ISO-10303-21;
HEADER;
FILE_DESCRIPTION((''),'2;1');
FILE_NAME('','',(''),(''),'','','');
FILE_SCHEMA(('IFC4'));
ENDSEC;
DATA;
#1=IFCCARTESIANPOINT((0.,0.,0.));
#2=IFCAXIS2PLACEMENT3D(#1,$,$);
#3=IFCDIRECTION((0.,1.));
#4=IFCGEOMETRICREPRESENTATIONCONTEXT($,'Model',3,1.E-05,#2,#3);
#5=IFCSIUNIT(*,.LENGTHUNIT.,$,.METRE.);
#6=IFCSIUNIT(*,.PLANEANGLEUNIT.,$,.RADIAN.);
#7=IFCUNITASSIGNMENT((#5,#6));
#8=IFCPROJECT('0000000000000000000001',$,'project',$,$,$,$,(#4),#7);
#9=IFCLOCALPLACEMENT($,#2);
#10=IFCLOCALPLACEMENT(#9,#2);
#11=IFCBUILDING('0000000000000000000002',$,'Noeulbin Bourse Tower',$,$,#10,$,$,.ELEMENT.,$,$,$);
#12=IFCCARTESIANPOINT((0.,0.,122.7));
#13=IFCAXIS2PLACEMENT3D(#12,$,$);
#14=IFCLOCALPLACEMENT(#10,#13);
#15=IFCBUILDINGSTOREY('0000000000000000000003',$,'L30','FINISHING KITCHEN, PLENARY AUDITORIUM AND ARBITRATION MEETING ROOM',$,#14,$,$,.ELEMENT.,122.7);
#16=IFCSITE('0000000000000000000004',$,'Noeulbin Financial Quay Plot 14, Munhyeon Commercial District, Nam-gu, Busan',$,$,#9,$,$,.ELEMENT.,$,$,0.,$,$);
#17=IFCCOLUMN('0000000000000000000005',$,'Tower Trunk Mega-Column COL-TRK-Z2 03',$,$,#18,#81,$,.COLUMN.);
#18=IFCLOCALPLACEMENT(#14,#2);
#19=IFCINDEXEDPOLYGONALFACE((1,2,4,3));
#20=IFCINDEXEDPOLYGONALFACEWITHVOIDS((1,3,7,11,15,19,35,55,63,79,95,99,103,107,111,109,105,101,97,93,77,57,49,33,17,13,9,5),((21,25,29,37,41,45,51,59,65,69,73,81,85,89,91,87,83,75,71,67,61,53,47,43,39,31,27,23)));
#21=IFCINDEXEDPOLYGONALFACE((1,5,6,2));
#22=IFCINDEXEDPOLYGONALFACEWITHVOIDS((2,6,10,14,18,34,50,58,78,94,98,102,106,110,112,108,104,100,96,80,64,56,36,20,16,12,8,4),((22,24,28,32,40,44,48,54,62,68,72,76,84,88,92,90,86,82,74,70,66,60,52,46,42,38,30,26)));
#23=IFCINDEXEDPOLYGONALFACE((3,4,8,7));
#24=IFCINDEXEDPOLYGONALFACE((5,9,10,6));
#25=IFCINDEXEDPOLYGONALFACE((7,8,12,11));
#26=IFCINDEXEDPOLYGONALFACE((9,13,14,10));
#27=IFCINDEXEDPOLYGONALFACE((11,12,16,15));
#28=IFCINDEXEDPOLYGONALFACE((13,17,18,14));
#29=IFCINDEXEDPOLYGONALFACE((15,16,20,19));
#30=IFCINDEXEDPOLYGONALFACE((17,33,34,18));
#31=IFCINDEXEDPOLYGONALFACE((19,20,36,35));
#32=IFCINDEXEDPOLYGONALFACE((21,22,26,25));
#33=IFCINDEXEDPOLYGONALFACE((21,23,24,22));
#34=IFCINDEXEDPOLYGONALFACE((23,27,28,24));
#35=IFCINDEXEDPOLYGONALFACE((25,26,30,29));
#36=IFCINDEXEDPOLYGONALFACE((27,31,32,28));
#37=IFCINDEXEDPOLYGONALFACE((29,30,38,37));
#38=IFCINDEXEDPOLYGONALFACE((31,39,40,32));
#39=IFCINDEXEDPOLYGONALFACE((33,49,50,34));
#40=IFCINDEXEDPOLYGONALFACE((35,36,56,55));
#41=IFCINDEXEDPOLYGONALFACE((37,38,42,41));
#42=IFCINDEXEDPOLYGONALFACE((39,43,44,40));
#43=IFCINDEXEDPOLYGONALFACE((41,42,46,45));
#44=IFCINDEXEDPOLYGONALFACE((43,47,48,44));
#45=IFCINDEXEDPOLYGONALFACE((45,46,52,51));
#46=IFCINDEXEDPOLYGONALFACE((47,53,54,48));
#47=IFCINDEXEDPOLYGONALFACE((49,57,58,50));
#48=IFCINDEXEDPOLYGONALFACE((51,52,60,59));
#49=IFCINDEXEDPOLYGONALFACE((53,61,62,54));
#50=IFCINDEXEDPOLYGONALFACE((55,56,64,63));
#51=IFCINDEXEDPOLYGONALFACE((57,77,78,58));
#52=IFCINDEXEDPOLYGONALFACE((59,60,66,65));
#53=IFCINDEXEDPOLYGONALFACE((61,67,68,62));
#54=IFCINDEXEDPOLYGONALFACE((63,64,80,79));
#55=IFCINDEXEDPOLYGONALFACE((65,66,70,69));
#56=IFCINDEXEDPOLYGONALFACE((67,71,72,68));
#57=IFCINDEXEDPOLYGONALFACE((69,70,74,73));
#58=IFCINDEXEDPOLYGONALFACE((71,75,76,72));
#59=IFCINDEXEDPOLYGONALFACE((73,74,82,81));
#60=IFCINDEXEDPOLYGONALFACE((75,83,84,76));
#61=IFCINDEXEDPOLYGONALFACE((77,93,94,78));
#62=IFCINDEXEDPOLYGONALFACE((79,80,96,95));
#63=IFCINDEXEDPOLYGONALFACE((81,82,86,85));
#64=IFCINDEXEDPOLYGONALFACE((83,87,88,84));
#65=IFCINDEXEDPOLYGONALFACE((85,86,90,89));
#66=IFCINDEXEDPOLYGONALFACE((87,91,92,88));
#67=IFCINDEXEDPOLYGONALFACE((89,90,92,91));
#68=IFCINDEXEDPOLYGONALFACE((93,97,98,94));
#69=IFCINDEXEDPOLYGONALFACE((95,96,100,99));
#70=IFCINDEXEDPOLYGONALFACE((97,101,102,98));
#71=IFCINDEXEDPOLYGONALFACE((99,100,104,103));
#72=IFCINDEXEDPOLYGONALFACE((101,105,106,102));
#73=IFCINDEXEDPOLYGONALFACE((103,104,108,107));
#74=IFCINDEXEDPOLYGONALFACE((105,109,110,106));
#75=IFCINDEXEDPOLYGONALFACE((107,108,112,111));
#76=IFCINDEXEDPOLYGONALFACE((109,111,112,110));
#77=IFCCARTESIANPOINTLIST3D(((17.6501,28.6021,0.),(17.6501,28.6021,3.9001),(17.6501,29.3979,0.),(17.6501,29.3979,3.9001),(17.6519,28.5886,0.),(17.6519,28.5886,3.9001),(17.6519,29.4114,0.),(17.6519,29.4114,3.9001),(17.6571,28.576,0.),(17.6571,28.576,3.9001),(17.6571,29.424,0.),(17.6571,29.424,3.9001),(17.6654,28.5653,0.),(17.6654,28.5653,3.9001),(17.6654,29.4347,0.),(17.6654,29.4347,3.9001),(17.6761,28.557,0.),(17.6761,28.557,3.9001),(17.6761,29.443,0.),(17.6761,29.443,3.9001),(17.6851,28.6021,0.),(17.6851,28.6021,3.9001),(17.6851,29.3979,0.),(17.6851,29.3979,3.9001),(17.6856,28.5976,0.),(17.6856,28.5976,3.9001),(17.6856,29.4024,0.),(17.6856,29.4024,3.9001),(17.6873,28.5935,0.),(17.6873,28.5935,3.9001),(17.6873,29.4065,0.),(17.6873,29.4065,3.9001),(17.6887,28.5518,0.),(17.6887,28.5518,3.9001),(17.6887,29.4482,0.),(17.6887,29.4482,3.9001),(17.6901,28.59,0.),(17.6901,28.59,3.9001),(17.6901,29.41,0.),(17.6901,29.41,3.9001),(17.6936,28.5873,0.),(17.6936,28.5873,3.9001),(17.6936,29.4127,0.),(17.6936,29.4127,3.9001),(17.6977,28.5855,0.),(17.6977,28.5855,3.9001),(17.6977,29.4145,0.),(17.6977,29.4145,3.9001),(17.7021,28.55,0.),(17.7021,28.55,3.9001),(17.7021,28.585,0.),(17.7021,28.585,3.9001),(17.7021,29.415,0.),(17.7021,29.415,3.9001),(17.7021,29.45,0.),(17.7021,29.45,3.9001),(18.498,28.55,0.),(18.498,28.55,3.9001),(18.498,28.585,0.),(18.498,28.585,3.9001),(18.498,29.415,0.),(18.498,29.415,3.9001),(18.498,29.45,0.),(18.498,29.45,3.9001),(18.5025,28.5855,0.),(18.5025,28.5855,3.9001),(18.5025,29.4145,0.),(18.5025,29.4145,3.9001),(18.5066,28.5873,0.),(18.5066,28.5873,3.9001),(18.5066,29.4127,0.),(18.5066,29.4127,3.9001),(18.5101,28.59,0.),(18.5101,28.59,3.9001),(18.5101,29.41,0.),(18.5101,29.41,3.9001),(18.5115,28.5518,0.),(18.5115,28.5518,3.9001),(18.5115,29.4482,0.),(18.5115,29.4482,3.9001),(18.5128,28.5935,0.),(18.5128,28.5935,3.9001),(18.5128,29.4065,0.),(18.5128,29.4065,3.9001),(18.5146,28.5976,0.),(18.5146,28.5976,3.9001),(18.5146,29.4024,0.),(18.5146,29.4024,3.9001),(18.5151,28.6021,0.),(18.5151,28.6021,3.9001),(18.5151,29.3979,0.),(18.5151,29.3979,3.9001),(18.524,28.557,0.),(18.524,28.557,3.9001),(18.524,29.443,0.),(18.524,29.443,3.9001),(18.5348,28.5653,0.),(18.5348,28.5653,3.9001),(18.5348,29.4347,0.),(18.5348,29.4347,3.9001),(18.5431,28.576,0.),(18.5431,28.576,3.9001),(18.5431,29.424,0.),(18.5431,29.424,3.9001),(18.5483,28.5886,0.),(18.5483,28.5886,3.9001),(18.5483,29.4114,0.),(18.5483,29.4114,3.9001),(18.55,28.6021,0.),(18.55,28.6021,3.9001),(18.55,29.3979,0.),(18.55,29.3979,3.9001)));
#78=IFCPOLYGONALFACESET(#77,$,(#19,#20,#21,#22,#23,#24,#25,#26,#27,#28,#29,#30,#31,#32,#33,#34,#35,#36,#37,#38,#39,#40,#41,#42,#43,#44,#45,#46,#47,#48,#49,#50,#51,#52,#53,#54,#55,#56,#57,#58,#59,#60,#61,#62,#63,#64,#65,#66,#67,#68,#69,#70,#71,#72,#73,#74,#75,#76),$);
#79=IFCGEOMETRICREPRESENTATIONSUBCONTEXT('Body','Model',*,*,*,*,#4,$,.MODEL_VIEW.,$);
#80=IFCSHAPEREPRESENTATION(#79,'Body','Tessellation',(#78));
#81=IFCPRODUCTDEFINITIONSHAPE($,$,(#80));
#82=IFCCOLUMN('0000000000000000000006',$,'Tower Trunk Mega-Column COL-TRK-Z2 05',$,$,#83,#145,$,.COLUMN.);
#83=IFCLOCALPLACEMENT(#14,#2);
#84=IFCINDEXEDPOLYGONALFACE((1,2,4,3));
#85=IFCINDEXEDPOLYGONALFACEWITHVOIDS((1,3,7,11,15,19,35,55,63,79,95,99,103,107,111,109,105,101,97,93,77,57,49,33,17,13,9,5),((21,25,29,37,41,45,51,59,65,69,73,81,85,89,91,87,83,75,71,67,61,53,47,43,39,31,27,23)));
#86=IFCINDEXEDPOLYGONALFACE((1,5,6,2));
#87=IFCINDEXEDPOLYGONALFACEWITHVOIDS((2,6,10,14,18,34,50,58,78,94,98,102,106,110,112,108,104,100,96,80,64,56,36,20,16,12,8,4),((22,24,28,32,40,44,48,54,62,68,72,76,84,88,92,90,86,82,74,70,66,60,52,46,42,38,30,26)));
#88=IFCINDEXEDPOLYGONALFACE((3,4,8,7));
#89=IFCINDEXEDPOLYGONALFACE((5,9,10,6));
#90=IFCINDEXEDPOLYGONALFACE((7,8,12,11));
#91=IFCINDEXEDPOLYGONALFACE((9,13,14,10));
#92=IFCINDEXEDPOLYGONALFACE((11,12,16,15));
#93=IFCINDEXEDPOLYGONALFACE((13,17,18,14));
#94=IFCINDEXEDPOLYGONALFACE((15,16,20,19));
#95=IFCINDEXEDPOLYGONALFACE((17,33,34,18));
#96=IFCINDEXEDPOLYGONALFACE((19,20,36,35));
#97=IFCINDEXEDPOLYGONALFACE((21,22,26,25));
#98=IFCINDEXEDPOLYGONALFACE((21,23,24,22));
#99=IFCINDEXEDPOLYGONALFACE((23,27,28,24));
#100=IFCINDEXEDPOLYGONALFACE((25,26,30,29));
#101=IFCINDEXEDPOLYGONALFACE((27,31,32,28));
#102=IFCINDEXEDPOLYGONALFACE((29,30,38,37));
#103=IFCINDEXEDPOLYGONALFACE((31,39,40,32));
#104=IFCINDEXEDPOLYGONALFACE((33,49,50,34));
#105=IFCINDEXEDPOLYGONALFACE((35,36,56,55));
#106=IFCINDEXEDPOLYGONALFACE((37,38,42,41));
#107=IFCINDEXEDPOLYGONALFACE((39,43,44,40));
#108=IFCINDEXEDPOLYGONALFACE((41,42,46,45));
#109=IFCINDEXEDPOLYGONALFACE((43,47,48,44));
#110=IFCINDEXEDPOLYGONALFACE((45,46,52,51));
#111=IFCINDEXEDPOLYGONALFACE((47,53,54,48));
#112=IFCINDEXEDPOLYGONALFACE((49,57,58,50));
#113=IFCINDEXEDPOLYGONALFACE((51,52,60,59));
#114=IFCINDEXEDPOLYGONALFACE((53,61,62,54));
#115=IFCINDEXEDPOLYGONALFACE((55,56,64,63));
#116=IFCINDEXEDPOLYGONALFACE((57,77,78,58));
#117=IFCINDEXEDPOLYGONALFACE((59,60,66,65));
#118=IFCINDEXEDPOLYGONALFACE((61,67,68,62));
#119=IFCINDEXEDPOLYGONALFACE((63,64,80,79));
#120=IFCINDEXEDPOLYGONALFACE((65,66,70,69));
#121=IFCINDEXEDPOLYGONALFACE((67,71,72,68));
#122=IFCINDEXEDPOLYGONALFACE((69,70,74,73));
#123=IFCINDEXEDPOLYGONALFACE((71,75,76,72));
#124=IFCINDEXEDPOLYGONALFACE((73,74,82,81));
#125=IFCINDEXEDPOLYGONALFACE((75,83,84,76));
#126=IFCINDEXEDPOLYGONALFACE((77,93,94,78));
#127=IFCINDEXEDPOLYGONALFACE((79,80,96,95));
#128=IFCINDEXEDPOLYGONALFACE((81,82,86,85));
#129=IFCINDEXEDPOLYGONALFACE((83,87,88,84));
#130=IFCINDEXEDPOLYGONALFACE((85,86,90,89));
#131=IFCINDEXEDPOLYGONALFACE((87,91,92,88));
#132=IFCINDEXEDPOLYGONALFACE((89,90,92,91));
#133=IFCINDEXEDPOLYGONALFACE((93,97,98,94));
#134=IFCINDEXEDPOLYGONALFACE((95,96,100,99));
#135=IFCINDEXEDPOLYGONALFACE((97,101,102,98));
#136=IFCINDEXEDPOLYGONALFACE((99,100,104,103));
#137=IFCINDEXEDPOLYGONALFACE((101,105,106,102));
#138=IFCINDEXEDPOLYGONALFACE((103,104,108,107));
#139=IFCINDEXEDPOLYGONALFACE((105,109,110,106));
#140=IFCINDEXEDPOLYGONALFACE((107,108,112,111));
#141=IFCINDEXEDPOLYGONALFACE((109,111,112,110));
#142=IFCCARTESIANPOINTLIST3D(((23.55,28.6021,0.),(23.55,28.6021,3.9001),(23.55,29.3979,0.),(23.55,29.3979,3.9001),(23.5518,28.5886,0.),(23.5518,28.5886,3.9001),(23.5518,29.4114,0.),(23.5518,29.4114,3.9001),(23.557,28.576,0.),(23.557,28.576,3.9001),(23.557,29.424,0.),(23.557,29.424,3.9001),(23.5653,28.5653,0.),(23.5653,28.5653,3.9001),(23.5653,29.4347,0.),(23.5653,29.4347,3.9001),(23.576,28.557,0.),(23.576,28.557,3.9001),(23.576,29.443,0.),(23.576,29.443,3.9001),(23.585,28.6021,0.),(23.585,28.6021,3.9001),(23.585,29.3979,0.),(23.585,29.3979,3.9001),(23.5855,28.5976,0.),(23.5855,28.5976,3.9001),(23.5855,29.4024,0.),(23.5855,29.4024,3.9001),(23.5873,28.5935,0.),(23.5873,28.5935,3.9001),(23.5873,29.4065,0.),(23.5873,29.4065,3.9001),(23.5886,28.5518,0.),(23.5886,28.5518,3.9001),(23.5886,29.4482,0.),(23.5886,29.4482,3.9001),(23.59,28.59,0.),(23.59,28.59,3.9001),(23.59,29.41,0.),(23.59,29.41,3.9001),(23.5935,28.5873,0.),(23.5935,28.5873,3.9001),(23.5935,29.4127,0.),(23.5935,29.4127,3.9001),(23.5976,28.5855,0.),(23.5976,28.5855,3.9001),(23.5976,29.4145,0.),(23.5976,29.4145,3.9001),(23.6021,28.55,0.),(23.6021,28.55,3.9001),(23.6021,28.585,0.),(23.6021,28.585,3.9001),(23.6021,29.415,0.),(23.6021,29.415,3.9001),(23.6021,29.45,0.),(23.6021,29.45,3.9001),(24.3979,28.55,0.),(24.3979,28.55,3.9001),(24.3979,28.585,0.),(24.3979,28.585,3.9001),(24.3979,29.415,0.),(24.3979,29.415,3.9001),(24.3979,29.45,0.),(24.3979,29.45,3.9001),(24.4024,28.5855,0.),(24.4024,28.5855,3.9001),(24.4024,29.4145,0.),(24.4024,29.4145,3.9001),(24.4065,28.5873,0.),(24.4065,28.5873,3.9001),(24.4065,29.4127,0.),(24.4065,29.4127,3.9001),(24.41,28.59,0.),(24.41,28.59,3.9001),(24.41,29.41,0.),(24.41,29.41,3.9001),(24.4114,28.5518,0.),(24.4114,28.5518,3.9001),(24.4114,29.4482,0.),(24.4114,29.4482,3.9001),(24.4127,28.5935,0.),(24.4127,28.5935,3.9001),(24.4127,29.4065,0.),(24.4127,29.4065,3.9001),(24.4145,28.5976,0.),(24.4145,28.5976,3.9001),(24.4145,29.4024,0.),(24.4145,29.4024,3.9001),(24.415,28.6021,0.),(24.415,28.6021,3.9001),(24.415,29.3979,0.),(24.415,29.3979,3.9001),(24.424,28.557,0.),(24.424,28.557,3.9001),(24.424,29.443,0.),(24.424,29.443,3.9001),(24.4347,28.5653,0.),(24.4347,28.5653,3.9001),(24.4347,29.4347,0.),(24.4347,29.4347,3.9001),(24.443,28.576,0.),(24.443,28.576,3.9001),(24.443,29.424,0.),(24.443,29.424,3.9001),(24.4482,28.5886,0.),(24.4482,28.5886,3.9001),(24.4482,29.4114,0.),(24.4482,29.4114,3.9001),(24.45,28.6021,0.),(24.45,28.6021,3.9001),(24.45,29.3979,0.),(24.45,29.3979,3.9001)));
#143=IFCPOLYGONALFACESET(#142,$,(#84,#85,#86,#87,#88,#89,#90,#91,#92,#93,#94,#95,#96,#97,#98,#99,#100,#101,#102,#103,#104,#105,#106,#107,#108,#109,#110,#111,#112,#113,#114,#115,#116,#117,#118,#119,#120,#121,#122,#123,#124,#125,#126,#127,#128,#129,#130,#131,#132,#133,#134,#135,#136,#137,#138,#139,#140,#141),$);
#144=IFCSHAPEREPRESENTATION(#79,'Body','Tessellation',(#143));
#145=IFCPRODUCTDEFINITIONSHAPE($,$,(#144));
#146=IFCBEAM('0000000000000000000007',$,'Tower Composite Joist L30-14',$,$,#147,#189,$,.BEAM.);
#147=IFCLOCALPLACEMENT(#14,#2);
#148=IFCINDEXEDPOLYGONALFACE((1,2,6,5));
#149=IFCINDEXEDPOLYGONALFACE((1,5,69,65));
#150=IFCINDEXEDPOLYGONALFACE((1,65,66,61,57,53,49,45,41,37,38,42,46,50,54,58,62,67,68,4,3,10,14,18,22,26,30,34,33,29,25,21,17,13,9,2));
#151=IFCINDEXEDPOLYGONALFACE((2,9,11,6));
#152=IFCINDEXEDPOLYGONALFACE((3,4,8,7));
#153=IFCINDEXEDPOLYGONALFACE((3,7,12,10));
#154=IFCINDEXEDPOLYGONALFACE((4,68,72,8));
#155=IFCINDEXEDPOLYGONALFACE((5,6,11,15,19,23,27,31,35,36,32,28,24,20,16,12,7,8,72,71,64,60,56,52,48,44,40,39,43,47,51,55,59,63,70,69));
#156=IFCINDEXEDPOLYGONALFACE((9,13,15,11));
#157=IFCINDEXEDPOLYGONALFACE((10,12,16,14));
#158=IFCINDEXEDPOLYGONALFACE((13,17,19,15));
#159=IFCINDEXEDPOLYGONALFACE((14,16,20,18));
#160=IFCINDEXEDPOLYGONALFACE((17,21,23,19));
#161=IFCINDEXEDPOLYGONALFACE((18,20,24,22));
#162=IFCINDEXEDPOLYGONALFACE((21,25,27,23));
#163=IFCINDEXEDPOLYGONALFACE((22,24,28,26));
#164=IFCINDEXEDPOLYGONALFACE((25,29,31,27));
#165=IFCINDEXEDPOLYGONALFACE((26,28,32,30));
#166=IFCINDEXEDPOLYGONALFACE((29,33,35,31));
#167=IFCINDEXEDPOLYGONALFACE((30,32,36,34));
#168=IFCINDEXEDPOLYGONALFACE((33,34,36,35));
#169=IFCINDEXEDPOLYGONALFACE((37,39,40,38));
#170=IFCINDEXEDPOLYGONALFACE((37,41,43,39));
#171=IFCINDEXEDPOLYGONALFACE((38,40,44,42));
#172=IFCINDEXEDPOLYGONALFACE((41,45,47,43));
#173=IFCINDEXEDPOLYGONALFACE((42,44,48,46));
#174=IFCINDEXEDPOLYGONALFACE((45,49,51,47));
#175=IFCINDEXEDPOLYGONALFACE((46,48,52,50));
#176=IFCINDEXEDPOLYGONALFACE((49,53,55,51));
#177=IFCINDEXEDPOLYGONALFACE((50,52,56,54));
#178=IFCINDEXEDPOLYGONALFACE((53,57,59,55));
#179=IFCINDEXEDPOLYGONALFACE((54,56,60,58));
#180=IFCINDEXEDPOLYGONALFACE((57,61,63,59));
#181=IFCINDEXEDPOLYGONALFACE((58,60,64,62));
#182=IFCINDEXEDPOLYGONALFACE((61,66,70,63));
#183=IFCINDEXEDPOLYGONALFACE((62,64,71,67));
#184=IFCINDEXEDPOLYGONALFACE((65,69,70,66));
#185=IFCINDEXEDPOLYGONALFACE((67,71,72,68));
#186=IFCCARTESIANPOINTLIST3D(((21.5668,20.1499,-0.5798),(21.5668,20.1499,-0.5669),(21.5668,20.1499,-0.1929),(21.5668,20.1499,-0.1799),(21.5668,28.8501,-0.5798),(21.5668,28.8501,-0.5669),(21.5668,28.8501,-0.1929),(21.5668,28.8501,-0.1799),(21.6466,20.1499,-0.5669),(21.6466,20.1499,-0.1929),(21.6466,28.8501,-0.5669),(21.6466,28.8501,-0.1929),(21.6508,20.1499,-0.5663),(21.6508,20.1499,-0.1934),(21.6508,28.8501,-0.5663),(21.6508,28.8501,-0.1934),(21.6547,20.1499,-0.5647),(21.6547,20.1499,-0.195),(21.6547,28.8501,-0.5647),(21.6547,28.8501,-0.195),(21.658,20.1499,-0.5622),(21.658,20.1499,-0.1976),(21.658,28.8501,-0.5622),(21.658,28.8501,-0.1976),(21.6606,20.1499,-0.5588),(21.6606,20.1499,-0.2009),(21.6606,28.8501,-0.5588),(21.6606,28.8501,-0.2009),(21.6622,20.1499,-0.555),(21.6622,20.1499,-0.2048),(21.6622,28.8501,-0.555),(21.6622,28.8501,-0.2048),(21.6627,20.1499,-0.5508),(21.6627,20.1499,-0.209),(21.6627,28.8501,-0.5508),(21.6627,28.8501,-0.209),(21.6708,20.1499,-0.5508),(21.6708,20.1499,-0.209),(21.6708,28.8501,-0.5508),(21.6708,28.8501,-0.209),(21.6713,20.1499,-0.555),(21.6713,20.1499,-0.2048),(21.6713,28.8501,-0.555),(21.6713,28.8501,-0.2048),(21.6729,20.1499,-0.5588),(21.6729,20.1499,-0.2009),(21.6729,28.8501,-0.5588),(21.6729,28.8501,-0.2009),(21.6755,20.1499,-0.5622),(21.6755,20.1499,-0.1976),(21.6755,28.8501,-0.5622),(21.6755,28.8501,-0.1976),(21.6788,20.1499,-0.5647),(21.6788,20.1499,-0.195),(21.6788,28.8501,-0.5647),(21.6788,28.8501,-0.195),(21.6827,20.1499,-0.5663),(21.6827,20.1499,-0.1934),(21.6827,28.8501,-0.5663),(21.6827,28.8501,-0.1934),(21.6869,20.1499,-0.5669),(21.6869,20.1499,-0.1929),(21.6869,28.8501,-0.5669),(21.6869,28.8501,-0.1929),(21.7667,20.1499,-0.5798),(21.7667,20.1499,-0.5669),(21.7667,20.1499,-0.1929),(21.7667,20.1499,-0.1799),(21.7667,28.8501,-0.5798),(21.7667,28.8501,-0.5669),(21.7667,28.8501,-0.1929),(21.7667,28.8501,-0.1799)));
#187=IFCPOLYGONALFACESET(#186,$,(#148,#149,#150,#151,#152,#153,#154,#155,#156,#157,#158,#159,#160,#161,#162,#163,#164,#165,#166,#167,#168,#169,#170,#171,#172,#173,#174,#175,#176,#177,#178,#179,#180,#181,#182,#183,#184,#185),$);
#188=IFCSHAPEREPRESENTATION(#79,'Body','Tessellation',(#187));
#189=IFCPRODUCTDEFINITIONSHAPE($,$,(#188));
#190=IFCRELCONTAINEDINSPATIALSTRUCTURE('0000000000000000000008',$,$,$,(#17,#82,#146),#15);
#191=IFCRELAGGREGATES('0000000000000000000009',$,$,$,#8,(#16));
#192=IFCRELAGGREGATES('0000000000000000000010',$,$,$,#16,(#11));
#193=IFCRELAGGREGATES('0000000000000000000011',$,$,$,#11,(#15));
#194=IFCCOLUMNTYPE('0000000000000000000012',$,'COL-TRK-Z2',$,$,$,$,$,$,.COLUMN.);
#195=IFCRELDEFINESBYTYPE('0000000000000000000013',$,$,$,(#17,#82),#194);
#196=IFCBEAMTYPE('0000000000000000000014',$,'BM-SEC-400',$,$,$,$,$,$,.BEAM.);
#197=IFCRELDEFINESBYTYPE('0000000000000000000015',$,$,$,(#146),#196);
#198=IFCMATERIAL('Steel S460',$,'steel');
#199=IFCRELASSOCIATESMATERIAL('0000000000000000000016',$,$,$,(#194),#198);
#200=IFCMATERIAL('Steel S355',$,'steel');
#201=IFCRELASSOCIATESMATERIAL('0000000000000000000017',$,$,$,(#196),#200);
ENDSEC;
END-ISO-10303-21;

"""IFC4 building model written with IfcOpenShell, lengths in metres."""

from ifc_helpers import new_model, si_unit, direction, frame, origin, origin_2d, place, context, subcontext, project, spatial, hollow_rectangle, i_section, extrude, material, material_profile, profile_set, type_object, element, save


model = new_model("IFC4")

# Units and contexts
model_context = context("Model", 3, precision=1e-05, world=origin(), true_north=direction((0.0, 1.0)))
body_context = subcontext(model_context, "Body", "Model", "MODEL_VIEW")
ifc_project = project(units=[si_unit("LENGTHUNIT", "METRE"), si_unit("PLANEANGLEUNIT", "RADIAN")], contexts=[model_context])

# Site, building, storey
site_placement = place(None, origin())
site = spatial("IfcSite", under=ifc_project, at=site_placement, Name="Noeulbin Financial Quay Plot 14, Munhyeon Commercial District, Nam-gu, Busan", CompositionType="ELEMENT", RefElevation=0.0)
building_placement = place(site_placement, origin())
building = spatial("IfcBuilding", under=site, at=building_placement, Name="Noeulbin Bourse Tower", CompositionType="ELEMENT")
storey_placement = place(building_placement, frame((0.0, 0.0, 122.7)))
storey = spatial("IfcBuildingStorey", under=building, at=storey_placement, Name="L30", Description="FINISHING KITCHEN, PLENARY AUDITORIUM AND ARBITRATION MEETING ROOM", CompositionType="ELEMENT", Elevation=122.7)

# Columns
ifc_material_1 = material(Name="Steel S460", Category="steel")
ifc_material_profile_1 = material_profile(ifc_material_1, hollow_rectangle(XDim=0.8999, YDim=0.8999, WallThickness=0.0349, InnerFilletRadius=0.0171, OuterFilletRadius=0.052, at=origin_2d()), Name="BOX-900x900x35", Category="LoadBearing")
ifc_profile_set_1 = profile_set([ifc_material_profile_1], Name="Steel S460")
column_type = type_object("IfcColumnType", Name="COL-TRK-Z2", PredefinedType="COLUMN", material=ifc_profile_set_1)
for number, where, z_axis, x_axis, name in (
    (1, (18.1001, 29.0, 0.0), (0.0, 0.0, 1.0), (1.0, 0.0, 0.0), "Tower Trunk Mega-Column COL-TRK-Z2 03"),
    (2, (24.0, 29.0, 0.0), (0.0, 0.0, 1.0), (1.0, 0.0, 0.0), "Tower Trunk Mega-Column COL-TRK-Z2 05"),
):
    element("IfcColumn", number, at=place(storey_placement, frame(where, z_axis=z_axis, x_axis=x_axis)), inside=storey, type_object=column_type, Name=name, PredefinedType="COLUMN", context=body_context, shape_type="SweptSolid", body=[
        extrude(hollow_rectangle(XDim=0.8999, YDim=0.8999, WallThickness=0.0349, InnerFilletRadius=0.0171, OuterFilletRadius=0.052, at=origin_2d()), origin(), (0.0, 0.0, 1.0), 3.9001),
    ])

# Beam
ifc_material_2 = material(Name="Steel S355", Category="steel")
ifc_material_profile_2 = material_profile(ifc_material_2, i_section(OverallWidth=0.2, OverallDepth=0.3999, WebThickness=0.0081, FlangeThickness=0.0129, FilletRadius=0.0161, at=origin_2d()), Name="H-400x200x8x13", Category="LoadBearing")
ifc_profile_set_2 = profile_set([ifc_material_profile_2], Name="Steel S355")
beam_type = type_object("IfcBeamType", Name="BM-SEC-400", PredefinedType="BEAM", material=ifc_profile_set_2)
for number, where, z_axis, x_axis, name in (
    (3, (21.6667, 20.1499, -0.3799), (0.0, 1.0, 0.0), (-1.0, 0.0, 0.0), "Tower Composite Joist L30-14"),
):
    element("IfcBeam", number, at=place(storey_placement, frame(where, z_axis=z_axis, x_axis=x_axis)), inside=storey, type_object=beam_type, Name=name, PredefinedType="BEAM", context=body_context, shape_type="SweptSolid", body=[
        extrude(i_section(OverallWidth=0.2, OverallDepth=0.3999, WebThickness=0.0081, FlangeThickness=0.0129, FilletRadius=0.0161, at=origin_2d()), origin(), (0.0, 0.0, 1.0), 8.7002),
    ])

save(model, "model.ifc")
